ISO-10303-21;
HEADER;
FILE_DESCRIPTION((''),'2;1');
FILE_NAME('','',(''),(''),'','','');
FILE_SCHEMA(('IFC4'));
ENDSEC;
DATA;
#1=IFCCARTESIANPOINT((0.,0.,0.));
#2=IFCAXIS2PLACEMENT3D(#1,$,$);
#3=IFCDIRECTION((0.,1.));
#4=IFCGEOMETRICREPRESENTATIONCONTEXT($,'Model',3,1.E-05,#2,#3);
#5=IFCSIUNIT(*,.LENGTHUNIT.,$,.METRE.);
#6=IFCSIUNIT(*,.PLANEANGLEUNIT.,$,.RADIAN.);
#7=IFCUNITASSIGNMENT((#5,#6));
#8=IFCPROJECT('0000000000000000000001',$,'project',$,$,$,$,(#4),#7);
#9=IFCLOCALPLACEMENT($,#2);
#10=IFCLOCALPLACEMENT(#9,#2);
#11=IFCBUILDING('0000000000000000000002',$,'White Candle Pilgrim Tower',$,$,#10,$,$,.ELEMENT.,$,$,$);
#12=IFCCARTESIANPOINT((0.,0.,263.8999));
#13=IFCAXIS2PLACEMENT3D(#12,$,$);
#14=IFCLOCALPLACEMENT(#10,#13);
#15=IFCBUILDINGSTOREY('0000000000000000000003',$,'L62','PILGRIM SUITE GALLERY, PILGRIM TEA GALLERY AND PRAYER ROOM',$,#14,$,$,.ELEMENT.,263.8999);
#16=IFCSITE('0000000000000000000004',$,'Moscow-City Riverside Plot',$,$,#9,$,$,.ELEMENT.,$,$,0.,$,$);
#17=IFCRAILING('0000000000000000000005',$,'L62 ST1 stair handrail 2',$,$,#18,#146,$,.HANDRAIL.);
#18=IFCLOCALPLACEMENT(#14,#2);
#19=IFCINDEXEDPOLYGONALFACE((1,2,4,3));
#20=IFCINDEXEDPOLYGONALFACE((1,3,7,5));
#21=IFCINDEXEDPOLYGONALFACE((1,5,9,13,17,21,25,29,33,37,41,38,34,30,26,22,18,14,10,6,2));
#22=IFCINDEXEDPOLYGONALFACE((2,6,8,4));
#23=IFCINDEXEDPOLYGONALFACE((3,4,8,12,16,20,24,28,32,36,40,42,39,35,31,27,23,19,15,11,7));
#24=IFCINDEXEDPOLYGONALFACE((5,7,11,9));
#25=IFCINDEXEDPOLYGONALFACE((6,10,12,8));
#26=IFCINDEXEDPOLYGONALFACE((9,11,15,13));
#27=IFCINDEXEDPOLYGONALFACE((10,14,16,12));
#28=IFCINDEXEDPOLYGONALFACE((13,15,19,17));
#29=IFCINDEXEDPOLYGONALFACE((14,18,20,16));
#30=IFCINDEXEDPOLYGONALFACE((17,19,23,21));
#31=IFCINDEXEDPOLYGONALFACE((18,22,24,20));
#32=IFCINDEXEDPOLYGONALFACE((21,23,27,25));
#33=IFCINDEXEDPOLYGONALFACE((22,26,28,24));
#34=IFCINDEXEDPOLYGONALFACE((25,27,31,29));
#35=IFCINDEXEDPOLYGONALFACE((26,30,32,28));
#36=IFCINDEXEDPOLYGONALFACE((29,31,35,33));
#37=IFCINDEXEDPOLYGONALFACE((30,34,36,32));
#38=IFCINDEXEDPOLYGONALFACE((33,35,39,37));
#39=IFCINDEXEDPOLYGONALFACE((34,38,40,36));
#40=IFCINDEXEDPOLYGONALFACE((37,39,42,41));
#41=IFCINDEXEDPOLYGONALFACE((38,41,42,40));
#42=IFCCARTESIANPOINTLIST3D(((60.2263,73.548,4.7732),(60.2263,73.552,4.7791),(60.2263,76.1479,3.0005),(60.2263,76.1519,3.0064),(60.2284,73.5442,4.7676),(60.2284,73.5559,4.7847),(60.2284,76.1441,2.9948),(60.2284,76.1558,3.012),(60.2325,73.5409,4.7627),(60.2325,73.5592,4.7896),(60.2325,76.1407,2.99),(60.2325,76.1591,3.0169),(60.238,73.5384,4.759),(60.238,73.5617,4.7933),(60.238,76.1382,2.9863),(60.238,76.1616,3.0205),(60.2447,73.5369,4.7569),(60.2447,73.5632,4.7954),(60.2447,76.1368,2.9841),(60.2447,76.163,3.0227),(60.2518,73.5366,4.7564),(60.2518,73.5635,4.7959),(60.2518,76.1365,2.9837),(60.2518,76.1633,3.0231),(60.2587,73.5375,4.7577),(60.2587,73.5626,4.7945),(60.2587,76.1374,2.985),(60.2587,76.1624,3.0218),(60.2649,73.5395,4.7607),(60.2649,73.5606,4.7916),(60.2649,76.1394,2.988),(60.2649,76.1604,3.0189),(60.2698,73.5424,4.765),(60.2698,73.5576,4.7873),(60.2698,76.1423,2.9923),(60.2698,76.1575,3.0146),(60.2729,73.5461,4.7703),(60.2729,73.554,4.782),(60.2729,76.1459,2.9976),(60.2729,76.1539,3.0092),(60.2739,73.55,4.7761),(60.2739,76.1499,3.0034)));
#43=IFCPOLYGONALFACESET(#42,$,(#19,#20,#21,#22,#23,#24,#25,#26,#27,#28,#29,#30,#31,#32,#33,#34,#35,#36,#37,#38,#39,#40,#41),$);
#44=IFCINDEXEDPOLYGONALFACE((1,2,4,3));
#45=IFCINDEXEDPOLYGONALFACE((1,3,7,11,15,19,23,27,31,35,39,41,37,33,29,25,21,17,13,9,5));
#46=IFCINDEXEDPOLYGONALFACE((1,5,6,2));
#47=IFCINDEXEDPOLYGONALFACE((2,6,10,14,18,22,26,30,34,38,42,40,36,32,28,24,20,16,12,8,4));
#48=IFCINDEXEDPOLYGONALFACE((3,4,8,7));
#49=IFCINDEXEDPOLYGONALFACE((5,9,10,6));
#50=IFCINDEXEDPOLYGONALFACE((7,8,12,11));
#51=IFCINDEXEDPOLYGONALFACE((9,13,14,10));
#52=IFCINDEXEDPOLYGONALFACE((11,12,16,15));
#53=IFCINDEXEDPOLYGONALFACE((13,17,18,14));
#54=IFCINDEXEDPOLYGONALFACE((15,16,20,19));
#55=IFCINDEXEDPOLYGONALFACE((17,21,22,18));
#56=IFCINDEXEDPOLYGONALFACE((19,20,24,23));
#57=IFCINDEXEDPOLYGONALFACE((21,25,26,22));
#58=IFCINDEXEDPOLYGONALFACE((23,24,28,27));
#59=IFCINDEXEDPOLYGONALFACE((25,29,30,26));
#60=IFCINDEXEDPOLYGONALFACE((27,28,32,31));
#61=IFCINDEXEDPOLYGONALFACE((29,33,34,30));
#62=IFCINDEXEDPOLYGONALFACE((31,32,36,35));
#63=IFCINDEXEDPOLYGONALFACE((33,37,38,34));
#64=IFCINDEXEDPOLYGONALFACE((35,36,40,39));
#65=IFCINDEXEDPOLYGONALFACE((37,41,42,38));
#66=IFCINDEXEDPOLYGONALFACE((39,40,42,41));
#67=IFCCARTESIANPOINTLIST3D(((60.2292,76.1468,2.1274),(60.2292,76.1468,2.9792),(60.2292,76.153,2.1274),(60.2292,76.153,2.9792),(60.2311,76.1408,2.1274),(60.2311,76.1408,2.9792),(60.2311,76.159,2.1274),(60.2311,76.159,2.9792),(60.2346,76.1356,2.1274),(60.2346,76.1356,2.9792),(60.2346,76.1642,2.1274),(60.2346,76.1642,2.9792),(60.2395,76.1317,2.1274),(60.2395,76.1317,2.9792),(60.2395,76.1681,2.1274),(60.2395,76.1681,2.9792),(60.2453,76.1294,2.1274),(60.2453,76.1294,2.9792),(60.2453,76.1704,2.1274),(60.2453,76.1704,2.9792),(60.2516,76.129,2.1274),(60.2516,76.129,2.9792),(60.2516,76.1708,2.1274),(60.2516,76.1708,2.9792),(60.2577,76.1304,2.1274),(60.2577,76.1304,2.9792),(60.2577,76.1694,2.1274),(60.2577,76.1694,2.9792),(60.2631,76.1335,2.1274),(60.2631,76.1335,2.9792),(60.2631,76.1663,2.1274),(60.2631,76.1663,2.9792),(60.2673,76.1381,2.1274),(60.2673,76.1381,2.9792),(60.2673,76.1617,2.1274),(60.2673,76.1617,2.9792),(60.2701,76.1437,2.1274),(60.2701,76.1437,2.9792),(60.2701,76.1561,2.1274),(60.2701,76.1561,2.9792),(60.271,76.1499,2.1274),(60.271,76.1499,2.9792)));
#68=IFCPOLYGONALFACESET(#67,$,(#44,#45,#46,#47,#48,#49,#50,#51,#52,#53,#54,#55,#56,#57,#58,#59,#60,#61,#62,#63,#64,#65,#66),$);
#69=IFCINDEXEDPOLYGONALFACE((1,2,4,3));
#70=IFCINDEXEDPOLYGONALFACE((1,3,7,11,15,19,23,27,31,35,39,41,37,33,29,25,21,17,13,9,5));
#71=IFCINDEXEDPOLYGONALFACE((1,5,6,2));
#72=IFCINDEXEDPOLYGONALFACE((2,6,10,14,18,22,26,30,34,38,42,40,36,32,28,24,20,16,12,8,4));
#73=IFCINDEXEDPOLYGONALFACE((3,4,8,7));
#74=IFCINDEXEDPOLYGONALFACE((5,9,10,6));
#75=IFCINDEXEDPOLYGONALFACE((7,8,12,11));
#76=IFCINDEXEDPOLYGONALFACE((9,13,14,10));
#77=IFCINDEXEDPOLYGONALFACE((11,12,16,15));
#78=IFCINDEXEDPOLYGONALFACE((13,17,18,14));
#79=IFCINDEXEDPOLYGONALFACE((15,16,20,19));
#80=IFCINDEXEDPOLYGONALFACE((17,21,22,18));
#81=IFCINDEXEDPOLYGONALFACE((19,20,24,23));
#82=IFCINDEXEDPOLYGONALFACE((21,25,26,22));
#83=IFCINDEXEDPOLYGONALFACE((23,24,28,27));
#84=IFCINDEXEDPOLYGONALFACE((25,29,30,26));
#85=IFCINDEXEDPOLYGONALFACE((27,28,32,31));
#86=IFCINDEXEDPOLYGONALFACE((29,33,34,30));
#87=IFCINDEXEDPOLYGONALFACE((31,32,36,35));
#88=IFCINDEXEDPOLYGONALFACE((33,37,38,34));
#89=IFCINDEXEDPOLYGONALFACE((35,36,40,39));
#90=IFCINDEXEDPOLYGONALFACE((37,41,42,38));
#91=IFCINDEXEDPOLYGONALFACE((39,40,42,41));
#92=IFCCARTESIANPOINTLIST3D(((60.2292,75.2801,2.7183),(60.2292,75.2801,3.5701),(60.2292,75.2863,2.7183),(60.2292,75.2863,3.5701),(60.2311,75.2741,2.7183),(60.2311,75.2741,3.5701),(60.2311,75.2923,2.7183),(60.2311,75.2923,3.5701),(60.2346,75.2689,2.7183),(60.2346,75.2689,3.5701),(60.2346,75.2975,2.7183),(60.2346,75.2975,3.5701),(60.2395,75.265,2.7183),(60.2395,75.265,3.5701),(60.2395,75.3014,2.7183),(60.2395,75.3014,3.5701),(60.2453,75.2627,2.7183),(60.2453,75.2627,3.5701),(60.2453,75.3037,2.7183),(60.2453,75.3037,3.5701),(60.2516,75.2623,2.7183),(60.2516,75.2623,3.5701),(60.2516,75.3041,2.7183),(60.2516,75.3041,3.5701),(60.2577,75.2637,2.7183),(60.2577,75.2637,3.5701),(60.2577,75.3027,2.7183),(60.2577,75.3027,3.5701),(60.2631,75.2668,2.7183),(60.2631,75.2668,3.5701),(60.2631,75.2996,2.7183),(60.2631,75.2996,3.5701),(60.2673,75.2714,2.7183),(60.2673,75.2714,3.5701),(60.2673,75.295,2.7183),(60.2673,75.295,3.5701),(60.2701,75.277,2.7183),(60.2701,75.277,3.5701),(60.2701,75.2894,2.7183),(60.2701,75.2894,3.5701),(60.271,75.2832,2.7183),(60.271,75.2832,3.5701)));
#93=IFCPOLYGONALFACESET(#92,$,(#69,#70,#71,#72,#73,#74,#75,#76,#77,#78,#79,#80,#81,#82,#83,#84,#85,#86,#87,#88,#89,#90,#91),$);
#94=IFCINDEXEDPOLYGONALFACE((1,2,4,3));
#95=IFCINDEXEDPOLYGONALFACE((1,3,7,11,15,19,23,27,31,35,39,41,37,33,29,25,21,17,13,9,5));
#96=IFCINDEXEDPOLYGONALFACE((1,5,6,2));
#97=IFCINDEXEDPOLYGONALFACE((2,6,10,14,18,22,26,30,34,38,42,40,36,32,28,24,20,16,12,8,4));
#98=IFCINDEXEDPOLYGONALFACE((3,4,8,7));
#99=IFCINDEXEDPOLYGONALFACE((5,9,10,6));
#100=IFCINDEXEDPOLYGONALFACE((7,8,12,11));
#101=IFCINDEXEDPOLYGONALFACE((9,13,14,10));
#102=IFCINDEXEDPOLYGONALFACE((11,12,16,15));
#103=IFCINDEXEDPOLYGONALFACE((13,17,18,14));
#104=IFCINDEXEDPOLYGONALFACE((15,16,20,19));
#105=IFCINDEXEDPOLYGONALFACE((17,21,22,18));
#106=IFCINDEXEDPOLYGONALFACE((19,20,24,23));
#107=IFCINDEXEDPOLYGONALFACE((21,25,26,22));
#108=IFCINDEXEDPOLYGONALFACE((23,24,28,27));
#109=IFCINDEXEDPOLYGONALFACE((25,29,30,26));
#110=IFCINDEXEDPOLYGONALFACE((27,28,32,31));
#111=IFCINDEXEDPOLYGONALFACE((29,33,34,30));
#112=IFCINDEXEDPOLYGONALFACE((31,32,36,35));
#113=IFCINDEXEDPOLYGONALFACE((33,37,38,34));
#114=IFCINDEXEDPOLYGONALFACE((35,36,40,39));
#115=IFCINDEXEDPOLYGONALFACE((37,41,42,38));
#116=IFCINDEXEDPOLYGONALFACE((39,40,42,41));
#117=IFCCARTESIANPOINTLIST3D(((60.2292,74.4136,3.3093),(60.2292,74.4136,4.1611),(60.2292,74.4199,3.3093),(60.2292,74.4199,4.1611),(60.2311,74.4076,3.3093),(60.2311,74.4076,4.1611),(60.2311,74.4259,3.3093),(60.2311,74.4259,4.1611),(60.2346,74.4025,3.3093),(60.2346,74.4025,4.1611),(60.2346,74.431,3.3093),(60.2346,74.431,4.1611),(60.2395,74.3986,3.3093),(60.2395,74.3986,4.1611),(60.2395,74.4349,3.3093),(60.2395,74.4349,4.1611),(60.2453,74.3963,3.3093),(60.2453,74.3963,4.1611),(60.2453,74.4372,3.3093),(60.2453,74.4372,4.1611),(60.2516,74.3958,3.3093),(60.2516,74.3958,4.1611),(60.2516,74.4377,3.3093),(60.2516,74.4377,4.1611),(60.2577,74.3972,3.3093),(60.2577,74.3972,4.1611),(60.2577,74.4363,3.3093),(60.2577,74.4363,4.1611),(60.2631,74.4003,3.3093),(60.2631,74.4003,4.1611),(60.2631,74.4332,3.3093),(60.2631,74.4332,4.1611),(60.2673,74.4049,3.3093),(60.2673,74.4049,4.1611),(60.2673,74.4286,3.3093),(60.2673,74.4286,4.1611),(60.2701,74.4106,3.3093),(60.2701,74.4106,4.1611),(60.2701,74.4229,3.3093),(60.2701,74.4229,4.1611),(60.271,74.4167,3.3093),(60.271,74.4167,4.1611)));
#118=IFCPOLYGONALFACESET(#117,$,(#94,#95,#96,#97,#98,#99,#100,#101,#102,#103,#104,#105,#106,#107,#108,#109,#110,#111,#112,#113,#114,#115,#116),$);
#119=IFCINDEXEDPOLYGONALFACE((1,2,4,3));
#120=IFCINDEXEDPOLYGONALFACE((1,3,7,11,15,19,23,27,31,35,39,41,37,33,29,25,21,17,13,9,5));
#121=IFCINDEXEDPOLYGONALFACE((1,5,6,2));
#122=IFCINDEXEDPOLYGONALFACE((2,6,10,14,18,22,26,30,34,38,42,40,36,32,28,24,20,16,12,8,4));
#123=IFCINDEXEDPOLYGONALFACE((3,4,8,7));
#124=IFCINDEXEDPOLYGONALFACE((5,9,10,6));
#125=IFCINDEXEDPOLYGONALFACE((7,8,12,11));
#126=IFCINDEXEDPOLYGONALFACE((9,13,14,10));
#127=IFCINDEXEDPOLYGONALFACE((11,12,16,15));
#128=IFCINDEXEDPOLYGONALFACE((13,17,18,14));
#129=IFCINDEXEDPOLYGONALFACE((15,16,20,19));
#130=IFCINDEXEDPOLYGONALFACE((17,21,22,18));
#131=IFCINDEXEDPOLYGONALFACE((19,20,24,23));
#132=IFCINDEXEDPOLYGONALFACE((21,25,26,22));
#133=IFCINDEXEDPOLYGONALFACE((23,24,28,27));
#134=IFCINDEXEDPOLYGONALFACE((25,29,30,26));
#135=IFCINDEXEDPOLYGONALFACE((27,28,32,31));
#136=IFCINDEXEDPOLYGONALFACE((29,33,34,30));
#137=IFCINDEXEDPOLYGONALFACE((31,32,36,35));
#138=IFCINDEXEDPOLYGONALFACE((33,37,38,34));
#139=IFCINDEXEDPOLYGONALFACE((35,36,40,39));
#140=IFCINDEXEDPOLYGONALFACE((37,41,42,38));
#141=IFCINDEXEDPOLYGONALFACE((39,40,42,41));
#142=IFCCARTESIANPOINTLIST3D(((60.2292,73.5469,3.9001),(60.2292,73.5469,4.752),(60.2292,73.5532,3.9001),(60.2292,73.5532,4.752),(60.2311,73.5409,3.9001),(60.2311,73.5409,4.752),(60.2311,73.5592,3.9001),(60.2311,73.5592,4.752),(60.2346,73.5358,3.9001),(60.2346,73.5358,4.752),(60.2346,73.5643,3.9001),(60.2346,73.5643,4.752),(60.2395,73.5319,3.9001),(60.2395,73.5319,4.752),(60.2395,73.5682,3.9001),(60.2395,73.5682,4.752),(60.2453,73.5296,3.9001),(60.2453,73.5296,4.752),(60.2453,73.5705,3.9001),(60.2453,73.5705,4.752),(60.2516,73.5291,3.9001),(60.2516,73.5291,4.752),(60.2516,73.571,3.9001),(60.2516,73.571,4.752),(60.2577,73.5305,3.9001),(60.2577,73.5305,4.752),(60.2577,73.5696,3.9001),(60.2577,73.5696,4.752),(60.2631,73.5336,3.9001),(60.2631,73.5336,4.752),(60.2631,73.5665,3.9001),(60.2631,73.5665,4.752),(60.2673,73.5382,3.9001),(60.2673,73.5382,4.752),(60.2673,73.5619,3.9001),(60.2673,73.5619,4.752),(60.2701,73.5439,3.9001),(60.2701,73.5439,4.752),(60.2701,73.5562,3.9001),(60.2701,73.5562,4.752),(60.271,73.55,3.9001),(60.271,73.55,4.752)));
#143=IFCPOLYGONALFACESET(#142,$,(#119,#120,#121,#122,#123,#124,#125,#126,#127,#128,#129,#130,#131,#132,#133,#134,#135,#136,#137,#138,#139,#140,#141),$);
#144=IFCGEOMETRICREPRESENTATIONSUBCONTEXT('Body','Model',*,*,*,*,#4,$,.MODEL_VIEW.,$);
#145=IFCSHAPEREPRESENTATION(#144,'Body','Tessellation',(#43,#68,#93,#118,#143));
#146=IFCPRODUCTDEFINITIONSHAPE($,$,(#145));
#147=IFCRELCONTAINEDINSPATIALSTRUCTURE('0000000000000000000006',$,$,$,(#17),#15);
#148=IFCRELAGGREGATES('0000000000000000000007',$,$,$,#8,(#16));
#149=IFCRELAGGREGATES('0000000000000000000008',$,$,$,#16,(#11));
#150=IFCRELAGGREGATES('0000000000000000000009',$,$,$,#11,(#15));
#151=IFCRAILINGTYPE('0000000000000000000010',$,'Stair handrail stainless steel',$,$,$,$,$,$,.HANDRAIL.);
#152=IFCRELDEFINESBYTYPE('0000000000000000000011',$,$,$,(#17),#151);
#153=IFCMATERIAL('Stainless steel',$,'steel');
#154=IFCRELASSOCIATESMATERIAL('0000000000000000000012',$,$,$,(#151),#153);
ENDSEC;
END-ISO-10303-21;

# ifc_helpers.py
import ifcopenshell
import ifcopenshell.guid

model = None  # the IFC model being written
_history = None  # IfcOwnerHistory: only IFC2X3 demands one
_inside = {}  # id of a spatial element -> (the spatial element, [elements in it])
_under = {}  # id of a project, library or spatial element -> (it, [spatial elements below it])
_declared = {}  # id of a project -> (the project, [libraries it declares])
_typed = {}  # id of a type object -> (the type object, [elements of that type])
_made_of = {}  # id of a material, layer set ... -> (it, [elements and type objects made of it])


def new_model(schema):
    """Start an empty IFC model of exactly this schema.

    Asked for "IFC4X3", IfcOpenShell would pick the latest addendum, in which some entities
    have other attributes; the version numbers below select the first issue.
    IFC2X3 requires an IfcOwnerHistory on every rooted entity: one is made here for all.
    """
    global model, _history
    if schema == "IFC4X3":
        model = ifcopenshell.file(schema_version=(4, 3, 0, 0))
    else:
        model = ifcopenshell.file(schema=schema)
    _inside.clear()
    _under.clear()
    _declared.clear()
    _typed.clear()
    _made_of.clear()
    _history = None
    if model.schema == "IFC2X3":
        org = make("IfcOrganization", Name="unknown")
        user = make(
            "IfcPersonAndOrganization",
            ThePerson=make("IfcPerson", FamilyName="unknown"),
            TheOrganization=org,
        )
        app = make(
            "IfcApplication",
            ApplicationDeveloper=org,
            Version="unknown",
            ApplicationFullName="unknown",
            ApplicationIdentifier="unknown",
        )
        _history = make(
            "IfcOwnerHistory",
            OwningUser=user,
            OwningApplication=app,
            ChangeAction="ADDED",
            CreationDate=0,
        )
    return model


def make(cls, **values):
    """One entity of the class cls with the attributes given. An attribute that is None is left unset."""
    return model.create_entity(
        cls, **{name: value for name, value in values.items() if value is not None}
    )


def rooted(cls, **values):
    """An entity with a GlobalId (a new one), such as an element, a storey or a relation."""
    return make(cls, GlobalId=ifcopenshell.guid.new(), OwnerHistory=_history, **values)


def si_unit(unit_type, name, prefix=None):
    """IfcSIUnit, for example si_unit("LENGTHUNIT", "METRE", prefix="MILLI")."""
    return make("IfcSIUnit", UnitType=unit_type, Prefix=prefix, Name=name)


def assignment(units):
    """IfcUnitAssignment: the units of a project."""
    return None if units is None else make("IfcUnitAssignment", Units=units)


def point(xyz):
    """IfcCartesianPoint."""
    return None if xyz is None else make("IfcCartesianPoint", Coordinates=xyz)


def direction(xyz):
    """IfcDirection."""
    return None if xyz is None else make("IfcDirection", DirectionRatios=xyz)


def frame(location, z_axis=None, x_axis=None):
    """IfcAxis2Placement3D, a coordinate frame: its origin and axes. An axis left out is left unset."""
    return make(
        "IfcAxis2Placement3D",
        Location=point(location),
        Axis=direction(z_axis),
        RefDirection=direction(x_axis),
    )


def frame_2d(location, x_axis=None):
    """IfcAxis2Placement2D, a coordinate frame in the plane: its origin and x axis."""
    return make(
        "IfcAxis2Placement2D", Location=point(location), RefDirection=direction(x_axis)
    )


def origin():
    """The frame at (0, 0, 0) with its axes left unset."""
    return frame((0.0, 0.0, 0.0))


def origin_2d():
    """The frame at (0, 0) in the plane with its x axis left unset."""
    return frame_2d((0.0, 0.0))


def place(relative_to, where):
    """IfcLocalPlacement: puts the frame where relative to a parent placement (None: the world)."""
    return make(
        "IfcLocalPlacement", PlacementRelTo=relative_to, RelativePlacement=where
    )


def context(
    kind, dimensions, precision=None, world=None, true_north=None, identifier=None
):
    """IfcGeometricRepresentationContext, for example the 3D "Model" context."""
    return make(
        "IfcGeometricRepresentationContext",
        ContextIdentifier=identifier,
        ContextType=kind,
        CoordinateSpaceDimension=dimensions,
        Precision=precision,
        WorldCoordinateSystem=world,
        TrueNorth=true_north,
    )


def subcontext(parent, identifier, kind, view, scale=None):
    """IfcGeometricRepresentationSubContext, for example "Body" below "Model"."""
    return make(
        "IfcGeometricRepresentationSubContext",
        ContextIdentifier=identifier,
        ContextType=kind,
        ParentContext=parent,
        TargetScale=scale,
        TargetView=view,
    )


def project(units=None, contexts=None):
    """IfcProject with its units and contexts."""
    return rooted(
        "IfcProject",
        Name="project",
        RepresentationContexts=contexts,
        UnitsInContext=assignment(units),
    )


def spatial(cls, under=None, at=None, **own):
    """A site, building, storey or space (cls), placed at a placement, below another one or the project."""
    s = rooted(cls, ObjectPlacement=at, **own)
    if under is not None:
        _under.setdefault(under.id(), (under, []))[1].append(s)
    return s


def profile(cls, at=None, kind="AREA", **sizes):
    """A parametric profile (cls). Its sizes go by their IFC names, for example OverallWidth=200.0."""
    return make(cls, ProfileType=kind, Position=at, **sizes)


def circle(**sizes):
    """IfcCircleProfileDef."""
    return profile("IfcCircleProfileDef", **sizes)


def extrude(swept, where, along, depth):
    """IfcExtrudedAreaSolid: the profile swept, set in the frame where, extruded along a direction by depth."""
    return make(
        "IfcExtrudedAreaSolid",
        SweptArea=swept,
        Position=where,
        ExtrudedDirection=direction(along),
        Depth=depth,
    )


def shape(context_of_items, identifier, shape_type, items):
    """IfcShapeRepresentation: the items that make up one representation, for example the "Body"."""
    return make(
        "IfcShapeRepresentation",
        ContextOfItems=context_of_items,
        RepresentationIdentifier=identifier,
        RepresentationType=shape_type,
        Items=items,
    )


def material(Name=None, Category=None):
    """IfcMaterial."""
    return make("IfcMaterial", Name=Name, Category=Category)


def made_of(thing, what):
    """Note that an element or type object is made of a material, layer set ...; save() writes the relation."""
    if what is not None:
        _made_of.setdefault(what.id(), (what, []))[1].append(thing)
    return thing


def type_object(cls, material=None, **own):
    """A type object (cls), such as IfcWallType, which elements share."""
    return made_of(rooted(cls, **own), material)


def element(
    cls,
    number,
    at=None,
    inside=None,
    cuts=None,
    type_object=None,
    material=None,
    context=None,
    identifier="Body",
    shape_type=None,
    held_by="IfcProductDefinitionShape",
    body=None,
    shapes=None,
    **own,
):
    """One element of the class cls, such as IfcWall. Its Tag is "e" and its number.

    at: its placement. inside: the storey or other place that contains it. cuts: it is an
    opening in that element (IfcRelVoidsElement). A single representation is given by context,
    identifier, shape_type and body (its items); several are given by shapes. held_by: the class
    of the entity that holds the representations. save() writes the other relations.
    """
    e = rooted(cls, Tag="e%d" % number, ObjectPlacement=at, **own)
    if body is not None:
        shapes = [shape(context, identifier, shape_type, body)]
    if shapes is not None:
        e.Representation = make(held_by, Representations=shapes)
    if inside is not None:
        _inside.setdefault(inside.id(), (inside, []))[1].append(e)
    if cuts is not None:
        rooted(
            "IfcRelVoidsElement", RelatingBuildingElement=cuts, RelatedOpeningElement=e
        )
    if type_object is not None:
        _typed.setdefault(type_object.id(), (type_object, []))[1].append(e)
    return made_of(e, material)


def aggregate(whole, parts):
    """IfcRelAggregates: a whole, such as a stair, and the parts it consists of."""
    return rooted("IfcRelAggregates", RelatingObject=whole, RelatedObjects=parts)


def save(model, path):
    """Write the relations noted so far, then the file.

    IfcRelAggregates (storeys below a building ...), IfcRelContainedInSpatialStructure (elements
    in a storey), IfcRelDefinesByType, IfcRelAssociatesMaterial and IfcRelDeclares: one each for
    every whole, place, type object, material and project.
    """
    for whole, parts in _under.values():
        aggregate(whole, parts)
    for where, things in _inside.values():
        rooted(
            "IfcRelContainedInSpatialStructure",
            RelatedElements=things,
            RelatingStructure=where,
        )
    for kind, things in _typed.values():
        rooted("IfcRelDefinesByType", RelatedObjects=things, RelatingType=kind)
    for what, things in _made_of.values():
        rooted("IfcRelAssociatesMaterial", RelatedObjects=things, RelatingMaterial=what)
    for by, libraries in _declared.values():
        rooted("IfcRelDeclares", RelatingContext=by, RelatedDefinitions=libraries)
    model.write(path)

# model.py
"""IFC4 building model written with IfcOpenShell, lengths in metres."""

from ifc_helpers import new_model, si_unit, direction, frame, origin, origin_2d, place, context, subcontext, project, spatial, circle, extrude, material, type_object, element, save


model = new_model("IFC4")

# Units and contexts
model_context = context("Model", 3, precision=1e-05, world=origin(), true_north=direction((0.0, 1.0)))
body_context = subcontext(model_context, "Body", "Model", "MODEL_VIEW")
ifc_project = project(units=[si_unit("LENGTHUNIT", "METRE"), si_unit("PLANEANGLEUNIT", "RADIAN")], contexts=[model_context])

# Site, building, storey
site_placement = place(None, origin())
site = spatial("IfcSite", under=ifc_project, at=site_placement, Name="Moscow-City Riverside Plot", CompositionType="ELEMENT", RefElevation=0.0)
building_placement = place(site_placement, origin())
building = spatial("IfcBuilding", under=site, at=building_placement, Name="White Candle Pilgrim Tower", CompositionType="ELEMENT")
storey_placement = place(building_placement, frame((0.0, 0.0, 263.8999)))
storey = spatial("IfcBuildingStorey", under=building, at=storey_placement, Name="L62", Description="PILGRIM SUITE GALLERY, PILGRIM TEA GALLERY AND PRAYER ROOM", CompositionType="ELEMENT", Elevation=263.8999)

# Railing
ifc_material_1 = material(Name="Stainless steel", Category="steel")
railing_type_1 = type_object("IfcRailingType", Name="Stair handrail stainless steel", PredefinedType="HANDRAIL", material=ifc_material_1)
railing_1_placement = place(storey_placement, frame((60.25, 76.1499, 2.1274)))
element("IfcRailing", 1, at=railing_1_placement, inside=storey, type_object=railing_type_1, Name="L62 ST1 stair handrail 2", PredefinedType="HANDRAIL", context=body_context, shape_type="SweptSolid", body=[
    extrude(circle(Radius=0.0239, at=origin_2d()), frame((0.0, 0.0, 0.876), z_axis=(0.0, -0.826216, 0.563354), x_axis=(1.0, 0.0, 0.0)), (0.0, 0.0, 1.0), 3.1467),
    extrude(circle(Radius=0.021, at=origin_2d()), origin(), (0.0, 0.0, 1.0), 0.8518),
    extrude(circle(Radius=0.021, at=origin_2d()), frame((0.0, -0.8667, 0.5908)), (0.0, 0.0, 1.0), 0.8518),
    extrude(circle(Radius=0.021, at=origin_2d()), frame((0.0, -1.7332, 1.1819)), (0.0, 0.0, 1.0), 0.8518),
    extrude(circle(Radius=0.021, at=origin_2d()), frame((0.0, -2.5999, 1.7727)), (0.0, 0.0, 1.0), 0.8518),
])

save(model, "model.ifc")
